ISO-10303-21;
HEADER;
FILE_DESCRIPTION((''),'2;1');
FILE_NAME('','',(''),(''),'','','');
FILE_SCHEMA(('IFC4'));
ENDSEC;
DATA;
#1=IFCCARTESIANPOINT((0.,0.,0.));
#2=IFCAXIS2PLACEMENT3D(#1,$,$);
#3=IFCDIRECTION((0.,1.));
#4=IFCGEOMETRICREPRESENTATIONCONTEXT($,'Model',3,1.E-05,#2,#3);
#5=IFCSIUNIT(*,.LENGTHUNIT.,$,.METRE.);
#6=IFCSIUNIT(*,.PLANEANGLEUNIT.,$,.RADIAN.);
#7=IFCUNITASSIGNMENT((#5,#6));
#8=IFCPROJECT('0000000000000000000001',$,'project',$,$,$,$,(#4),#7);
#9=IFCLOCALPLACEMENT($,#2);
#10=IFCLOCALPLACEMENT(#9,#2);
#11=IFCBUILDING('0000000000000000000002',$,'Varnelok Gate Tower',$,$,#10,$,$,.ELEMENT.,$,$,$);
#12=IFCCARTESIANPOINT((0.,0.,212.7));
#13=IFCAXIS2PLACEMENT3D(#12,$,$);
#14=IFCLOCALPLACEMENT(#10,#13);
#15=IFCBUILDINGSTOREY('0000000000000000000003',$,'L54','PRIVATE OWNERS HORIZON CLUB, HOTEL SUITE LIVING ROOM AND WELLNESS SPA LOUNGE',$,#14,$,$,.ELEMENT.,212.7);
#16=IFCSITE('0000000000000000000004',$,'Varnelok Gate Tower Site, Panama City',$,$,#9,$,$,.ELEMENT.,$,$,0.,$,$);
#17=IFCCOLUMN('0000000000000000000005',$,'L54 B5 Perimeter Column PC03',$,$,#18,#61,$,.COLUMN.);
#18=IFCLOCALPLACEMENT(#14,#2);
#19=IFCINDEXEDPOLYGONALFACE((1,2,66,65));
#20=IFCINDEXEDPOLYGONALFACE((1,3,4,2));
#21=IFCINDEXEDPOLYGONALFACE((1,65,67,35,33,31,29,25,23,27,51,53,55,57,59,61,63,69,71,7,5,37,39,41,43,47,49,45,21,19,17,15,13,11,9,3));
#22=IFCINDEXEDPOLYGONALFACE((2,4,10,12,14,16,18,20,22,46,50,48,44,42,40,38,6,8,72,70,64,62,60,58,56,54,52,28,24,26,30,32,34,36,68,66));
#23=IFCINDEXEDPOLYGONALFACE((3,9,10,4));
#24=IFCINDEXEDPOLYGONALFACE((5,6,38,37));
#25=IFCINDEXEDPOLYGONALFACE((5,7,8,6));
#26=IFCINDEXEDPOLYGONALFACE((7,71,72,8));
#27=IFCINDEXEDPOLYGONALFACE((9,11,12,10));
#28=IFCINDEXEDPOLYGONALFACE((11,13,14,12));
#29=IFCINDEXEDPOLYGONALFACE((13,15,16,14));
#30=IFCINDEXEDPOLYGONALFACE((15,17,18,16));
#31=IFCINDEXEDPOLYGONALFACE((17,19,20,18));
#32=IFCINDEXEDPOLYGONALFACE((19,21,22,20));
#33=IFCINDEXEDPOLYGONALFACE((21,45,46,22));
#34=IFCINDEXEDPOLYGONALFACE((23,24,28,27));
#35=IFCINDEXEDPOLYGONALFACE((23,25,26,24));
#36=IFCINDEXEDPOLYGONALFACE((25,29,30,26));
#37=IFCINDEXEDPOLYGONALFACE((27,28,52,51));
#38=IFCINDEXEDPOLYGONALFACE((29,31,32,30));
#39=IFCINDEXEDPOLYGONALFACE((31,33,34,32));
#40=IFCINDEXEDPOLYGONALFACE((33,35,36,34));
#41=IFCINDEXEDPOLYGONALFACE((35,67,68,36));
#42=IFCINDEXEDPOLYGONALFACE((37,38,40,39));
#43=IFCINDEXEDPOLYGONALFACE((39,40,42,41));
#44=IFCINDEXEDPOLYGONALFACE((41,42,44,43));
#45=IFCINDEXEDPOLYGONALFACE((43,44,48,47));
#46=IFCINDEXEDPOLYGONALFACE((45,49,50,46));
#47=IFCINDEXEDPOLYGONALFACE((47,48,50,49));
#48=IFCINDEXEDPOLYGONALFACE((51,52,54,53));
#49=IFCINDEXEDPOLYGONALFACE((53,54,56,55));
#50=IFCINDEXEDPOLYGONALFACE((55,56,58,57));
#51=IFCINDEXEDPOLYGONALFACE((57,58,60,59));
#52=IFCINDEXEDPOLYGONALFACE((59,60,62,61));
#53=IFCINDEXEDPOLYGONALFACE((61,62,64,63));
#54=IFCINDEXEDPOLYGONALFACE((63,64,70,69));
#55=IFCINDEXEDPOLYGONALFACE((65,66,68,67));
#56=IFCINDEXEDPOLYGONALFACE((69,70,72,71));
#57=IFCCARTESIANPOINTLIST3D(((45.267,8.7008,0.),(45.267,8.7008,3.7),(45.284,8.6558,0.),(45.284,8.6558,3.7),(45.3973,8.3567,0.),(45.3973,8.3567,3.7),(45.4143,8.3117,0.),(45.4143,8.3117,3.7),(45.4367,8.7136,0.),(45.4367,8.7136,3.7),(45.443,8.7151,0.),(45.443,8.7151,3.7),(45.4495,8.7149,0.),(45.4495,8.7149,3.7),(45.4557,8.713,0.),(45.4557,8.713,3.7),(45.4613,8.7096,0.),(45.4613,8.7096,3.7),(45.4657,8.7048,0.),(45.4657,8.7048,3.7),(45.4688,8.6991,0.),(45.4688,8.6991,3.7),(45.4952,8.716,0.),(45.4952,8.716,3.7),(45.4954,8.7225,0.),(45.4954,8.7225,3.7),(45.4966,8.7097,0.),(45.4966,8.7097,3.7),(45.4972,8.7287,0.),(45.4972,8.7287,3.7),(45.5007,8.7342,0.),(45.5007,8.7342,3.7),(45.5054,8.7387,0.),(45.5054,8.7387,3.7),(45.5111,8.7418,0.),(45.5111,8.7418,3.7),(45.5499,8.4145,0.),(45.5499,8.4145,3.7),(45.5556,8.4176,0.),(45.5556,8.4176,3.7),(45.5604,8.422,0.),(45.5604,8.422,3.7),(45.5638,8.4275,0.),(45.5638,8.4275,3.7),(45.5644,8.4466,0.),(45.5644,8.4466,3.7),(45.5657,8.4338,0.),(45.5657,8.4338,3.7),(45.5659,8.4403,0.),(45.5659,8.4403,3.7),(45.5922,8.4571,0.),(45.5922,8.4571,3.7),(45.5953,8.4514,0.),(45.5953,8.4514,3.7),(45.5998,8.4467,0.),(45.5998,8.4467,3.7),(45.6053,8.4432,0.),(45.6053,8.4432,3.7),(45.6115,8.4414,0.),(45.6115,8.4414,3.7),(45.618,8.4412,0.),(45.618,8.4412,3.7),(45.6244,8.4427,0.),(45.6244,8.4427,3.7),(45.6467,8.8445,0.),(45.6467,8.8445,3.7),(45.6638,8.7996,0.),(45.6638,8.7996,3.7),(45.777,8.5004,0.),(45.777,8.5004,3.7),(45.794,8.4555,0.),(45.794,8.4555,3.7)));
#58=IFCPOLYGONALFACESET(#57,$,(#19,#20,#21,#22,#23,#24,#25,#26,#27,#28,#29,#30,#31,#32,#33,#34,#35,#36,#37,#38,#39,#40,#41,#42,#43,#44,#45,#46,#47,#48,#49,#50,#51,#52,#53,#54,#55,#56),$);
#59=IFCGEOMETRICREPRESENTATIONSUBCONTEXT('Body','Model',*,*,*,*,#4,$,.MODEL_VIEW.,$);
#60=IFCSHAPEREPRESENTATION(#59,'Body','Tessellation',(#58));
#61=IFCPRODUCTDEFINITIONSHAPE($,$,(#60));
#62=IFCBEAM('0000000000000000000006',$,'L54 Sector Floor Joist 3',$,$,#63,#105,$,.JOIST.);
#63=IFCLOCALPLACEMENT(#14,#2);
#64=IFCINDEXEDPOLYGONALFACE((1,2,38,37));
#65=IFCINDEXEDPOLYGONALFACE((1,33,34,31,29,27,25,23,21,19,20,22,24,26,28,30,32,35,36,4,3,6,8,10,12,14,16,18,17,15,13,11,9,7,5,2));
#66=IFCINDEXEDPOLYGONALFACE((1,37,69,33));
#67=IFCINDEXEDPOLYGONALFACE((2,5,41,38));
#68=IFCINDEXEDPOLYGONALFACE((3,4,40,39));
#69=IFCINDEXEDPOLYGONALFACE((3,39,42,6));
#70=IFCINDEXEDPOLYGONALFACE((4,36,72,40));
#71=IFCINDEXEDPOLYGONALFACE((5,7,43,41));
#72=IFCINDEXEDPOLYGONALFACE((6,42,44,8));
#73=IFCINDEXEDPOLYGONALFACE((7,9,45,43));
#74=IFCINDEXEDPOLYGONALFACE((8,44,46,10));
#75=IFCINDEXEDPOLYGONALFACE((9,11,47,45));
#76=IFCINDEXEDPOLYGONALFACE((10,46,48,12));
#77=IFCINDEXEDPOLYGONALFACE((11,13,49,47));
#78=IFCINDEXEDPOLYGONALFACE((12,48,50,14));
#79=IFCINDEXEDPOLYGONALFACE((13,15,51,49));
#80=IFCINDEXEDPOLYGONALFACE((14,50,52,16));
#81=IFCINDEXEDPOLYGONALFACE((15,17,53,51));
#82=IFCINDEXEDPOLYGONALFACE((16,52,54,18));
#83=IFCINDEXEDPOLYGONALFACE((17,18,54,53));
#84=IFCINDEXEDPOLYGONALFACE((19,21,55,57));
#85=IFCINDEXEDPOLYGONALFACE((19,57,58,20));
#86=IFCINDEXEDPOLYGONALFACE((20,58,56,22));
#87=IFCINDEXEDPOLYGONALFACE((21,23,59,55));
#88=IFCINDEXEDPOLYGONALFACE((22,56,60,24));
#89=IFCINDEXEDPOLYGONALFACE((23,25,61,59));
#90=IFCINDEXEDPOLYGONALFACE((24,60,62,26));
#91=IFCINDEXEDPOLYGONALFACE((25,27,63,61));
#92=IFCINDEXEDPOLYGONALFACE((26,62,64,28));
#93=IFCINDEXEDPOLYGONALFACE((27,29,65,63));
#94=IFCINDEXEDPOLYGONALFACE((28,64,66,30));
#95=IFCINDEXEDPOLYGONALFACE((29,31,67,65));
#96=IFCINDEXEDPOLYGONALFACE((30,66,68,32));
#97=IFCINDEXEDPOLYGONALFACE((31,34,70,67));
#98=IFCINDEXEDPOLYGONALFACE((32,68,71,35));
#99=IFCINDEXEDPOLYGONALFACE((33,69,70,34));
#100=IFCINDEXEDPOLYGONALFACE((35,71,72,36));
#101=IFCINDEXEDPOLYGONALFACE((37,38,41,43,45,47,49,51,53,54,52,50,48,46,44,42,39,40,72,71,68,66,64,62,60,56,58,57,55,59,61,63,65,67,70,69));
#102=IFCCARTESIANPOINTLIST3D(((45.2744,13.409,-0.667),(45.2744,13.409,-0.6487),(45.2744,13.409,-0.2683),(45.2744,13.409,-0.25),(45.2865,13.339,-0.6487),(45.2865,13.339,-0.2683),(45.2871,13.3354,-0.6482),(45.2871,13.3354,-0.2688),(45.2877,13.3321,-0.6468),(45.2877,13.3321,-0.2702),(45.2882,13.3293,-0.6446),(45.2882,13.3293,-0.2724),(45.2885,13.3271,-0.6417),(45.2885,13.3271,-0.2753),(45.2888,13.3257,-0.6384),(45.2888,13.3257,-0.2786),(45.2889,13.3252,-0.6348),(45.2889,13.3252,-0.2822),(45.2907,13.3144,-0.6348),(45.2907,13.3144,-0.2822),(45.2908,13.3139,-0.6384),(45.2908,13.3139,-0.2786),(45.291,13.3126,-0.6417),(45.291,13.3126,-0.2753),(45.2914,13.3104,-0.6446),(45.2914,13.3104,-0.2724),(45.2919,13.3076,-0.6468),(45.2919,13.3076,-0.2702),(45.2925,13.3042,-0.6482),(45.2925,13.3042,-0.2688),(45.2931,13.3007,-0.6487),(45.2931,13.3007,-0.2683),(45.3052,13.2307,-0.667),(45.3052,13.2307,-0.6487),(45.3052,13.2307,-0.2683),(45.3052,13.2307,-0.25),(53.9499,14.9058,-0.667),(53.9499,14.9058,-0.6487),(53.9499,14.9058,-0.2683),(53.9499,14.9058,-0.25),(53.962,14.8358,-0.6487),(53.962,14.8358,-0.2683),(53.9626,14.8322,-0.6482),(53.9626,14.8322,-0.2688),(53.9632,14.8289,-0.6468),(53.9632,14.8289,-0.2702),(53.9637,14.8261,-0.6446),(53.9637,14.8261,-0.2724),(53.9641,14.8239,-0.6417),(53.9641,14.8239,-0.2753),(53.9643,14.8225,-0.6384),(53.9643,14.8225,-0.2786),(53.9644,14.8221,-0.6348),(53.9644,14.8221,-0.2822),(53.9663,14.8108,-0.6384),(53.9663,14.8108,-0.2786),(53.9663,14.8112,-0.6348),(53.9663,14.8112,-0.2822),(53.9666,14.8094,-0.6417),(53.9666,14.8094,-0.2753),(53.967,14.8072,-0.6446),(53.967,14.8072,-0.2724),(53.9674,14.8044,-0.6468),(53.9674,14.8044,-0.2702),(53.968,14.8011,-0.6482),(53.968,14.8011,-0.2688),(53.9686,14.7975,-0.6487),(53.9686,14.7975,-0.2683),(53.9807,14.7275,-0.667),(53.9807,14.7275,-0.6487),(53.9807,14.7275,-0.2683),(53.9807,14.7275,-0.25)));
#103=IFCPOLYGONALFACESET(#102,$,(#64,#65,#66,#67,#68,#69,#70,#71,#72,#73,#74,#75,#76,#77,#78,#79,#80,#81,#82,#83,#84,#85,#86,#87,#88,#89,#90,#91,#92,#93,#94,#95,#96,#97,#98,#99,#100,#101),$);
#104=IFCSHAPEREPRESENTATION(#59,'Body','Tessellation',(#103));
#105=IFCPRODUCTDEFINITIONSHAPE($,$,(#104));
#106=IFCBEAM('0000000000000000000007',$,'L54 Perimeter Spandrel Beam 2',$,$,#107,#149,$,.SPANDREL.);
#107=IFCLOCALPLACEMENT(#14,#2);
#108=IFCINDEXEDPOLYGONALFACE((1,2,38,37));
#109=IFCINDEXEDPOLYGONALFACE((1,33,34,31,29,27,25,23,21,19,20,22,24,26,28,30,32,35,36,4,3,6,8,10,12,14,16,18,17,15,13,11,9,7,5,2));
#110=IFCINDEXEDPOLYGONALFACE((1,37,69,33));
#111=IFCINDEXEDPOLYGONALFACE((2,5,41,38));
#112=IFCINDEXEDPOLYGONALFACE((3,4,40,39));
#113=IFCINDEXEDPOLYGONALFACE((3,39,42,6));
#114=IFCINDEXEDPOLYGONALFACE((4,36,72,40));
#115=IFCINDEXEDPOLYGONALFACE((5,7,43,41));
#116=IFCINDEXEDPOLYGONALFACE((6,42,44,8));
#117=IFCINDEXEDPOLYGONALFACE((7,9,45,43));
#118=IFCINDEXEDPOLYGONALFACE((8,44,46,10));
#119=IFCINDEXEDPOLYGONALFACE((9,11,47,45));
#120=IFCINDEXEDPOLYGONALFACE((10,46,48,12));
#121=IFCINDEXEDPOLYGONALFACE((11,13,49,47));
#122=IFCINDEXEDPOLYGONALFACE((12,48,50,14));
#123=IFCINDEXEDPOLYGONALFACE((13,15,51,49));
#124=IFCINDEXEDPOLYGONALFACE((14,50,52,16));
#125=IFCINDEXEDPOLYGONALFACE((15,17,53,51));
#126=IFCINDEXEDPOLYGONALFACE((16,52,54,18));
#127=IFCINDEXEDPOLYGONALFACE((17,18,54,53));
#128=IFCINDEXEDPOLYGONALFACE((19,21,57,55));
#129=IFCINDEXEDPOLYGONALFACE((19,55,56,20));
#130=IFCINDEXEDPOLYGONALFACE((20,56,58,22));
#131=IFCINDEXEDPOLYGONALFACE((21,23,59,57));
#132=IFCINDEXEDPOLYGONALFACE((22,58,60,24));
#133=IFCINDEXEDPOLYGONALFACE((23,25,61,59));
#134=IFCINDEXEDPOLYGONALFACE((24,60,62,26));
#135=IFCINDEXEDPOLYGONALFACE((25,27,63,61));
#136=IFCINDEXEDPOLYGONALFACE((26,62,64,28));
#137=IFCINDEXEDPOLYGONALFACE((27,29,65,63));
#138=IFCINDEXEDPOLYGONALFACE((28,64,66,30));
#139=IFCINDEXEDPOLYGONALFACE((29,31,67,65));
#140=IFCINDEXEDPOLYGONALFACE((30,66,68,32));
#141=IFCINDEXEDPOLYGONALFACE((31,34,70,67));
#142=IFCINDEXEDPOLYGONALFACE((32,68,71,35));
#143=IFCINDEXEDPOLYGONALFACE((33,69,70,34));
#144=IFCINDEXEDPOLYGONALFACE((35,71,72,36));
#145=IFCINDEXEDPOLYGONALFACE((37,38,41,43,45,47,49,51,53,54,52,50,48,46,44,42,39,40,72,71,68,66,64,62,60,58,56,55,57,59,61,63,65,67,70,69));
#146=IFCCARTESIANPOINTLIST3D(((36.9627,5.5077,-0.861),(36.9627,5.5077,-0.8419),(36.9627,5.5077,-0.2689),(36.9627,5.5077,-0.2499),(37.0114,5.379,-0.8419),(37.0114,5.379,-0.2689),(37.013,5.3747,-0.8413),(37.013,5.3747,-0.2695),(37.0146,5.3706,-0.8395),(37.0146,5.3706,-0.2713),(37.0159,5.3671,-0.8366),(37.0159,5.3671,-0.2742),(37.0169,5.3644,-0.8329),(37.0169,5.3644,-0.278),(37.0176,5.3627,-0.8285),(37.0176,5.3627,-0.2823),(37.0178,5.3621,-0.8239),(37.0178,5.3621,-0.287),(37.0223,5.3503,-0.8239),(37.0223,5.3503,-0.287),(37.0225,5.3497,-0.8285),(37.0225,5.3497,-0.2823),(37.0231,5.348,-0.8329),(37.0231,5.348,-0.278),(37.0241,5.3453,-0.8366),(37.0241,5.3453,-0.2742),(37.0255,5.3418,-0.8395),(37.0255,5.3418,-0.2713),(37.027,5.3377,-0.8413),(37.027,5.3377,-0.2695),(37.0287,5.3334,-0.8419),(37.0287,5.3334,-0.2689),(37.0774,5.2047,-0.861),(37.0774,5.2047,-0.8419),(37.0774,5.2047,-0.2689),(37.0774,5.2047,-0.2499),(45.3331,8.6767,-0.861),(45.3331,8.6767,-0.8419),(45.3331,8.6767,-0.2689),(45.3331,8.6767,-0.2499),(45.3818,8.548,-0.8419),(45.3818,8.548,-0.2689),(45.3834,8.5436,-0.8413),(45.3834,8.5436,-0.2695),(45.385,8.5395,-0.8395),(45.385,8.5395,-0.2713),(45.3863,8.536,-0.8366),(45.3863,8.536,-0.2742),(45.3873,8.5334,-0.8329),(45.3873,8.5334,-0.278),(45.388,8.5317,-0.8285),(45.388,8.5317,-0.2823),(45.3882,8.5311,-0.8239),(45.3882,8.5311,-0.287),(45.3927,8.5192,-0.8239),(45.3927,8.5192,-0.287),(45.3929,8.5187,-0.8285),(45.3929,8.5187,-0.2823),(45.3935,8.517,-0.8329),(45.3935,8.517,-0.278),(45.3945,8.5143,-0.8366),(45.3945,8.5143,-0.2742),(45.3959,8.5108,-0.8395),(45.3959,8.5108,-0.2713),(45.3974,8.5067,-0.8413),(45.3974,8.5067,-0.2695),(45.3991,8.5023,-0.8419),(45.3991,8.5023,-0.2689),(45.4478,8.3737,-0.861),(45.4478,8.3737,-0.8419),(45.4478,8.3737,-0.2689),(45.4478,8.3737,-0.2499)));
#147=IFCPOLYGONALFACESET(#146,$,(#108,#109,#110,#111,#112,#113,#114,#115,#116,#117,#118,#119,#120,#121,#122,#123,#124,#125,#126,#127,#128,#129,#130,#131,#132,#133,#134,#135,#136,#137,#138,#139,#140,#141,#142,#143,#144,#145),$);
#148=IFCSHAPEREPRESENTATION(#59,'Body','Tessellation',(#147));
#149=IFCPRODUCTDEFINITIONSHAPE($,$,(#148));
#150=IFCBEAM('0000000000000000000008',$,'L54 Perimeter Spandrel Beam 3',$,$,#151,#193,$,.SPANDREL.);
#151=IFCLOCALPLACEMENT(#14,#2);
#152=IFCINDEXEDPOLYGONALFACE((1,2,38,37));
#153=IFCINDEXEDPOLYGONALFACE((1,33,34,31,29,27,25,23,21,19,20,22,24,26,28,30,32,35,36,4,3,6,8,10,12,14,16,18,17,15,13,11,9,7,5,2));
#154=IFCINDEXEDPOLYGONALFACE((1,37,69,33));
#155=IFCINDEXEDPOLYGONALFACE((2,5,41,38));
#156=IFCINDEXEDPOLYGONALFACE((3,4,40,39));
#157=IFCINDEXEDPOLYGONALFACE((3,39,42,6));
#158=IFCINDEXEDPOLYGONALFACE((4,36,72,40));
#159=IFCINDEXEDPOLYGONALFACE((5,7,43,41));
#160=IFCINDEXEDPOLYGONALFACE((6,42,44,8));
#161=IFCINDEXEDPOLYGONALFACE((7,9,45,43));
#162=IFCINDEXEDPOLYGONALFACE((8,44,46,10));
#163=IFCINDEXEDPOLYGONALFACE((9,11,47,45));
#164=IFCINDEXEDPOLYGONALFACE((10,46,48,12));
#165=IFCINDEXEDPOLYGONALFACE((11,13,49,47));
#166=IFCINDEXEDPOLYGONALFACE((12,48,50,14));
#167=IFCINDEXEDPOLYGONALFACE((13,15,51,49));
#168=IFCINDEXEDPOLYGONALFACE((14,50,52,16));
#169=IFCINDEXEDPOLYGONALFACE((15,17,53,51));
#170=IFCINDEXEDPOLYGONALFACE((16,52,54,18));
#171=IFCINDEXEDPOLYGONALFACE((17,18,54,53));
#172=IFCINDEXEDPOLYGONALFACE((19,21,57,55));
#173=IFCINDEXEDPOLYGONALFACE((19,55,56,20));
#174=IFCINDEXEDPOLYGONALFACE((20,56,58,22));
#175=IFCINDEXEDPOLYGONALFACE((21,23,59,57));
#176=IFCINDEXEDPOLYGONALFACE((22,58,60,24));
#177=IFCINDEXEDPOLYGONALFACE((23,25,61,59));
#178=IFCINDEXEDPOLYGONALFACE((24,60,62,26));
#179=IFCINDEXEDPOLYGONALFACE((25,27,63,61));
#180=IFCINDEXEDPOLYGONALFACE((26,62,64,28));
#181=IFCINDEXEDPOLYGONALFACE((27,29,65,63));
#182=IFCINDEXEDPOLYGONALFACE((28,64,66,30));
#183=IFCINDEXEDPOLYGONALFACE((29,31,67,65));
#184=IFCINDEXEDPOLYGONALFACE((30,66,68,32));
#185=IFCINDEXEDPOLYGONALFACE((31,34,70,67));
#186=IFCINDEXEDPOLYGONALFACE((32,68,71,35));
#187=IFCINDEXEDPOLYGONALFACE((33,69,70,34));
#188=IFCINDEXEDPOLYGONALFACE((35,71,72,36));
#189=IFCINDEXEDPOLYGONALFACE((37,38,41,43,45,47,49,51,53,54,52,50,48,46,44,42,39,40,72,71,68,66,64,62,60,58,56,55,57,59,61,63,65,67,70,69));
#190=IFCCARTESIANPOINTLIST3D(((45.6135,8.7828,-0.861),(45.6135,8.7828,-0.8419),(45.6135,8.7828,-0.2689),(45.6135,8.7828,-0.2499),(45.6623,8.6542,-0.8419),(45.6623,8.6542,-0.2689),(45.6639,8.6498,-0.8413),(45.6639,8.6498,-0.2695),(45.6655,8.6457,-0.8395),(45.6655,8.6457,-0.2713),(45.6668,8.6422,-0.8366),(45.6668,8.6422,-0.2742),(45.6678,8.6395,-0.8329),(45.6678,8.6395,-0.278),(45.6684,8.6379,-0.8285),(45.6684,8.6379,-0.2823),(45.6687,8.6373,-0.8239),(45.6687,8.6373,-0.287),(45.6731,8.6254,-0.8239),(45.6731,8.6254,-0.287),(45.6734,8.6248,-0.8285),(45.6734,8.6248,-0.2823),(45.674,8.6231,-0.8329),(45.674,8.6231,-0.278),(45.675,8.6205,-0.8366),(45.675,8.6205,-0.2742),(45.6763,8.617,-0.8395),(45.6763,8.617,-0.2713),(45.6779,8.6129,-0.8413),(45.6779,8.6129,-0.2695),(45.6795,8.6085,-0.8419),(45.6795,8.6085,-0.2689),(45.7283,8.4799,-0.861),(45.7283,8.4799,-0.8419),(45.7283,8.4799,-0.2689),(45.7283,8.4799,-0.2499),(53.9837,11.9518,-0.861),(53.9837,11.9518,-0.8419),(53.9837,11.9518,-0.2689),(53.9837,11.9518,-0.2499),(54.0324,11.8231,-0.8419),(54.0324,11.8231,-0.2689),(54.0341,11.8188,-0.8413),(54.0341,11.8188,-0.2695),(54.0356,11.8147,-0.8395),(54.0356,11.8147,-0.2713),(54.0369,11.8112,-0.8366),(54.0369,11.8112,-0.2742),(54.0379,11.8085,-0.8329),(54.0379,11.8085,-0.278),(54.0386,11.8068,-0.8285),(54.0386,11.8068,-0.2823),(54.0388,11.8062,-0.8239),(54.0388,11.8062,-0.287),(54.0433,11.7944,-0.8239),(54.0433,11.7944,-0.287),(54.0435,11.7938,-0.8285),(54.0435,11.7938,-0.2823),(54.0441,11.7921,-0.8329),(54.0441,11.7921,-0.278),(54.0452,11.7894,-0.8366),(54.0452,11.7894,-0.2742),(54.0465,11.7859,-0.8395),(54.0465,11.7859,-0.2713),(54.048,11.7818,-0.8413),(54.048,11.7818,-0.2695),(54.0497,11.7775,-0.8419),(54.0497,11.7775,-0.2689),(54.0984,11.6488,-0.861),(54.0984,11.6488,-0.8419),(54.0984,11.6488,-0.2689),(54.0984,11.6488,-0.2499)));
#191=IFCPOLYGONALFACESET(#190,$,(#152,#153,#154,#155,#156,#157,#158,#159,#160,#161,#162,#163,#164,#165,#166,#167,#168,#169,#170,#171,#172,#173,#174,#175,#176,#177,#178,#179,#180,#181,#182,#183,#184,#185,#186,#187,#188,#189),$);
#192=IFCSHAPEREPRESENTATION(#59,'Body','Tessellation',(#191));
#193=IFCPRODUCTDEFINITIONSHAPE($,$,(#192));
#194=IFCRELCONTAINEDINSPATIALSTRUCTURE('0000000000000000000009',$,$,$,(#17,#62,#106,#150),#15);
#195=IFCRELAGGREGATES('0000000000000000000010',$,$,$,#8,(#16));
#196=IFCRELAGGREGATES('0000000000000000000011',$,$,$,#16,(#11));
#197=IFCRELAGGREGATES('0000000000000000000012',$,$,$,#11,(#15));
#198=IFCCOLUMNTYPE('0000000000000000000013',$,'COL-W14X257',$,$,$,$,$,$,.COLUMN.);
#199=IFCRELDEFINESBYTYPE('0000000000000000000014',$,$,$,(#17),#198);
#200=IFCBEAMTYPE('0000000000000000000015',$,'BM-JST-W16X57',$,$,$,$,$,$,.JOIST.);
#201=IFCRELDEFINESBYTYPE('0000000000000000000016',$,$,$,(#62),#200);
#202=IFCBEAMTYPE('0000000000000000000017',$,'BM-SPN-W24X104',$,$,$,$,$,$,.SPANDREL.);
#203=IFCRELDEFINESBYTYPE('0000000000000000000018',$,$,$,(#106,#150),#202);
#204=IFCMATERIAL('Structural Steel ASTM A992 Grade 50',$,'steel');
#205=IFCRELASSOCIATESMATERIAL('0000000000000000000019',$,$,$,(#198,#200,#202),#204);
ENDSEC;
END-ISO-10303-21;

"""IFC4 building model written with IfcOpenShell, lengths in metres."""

from ifc_helpers import new_model, si_unit, direction, frame, origin, origin_2d, place, context, subcontext, project, spatial, i_section, extrude, material, material_profile, profile_set, type_object, element, save


model = new_model("IFC4")

# Units and contexts
model_context = context("Model", 3, precision=1e-05, world=origin(), true_north=direction((0.0, 1.0)))
body_context = subcontext(model_context, "Body", "Model", "MODEL_VIEW")
ifc_project = project(units=[si_unit("LENGTHUNIT", "METRE"), si_unit("PLANEANGLEUNIT", "RADIAN")], contexts=[model_context])

# Site, building, storey
site_placement = place(None, origin())
site = spatial("IfcSite", under=ifc_project, at=site_placement, Name="Varnelok Gate Tower Site, Panama City", CompositionType="ELEMENT", RefElevation=0.0)
building_placement = place(site_placement, origin())
building = spatial("IfcBuilding", under=site, at=building_placement, Name="Varnelok Gate Tower", CompositionType="ELEMENT")
storey_placement = place(building_placement, frame((0.0, 0.0, 212.7)))
storey = spatial("IfcBuildingStorey", under=building, at=storey_placement, Name="L54", Description="PRIVATE OWNERS HORIZON CLUB, HOTEL SUITE LIVING ROOM AND WELLNESS SPA LOUNGE", CompositionType="ELEMENT", Elevation=212.7)

# Column
ifc_material_1 = material(Name="Structural Steel ASTM A992 Grade 50", Category="steel")
ifc_material_profile_1 = material_profile(ifc_material_1, i_section(OverallWidth=0.406, OverallDepth=0.416, WebThickness=0.0298, FlangeThickness=0.0481, FilletRadius=0.0249, at=origin_2d()), Name="W14X257")
ifc_profile_set_1 = profile_set([ifc_material_profile_1], Name="Structural Steel ASTM A992 Grade 50")
column_type = type_object("IfcColumnType", Name="COL-W14X257", PredefinedType="COLUMN", material=ifc_profile_set_1)
column_placement = place(storey_placement, frame((45.5305, 8.5781, 0.0), z_axis=(0.0, 0.0, 1.0), x_axis=(0.935222, 0.354063, 0.0)))
element("IfcColumn", 1, at=column_placement, inside=storey, type_object=column_type, Name="L54 B5 Perimeter Column PC03", PredefinedType="COLUMN", context=body_context, shape_type="SweptSolid", body=[
    extrude(i_section(OverallWidth=0.406, OverallDepth=0.416, WebThickness=0.0298, FlangeThickness=0.0481, FilletRadius=0.0249, at=origin_2d()), origin(), (0.0, 0.0, 1.0), 3.7),
])

# Beams
ifc_material_profile_2 = material_profile(ifc_material_1, i_section(OverallWidth=0.1809, OverallDepth=0.417, WebThickness=0.011, FlangeThickness=0.0183, FilletRadius=0.0139, at=origin_2d()), Name="W16X57")
ifc_profile_set_2 = profile_set([ifc_material_profile_2], Name="Structural Steel ASTM A992 Grade 50")
beam_type_1 = type_object("IfcBeamType", Name="BM-JST-W16X57", PredefinedType="JOIST", material=ifc_profile_set_2)
beam_1_placement = place(storey_placement, frame((45.2898, 13.3198, -0.4585), z_axis=(0.98544, 0.170022, 0.0), x_axis=(-0.170022, 0.98544, 0.0)))
element("IfcBeam", 2, at=beam_1_placement, inside=storey, type_object=beam_type_1, Name="L54 Sector Floor Joist 3", PredefinedType="JOIST", context=body_context, shape_type="SweptSolid", body=[
    extrude(i_section(OverallWidth=0.1809, OverallDepth=0.417, WebThickness=0.011, FlangeThickness=0.0183, FilletRadius=0.0139, at=origin_2d()), origin(), (0.0, 0.0, 1.0), 8.8037),
])
ifc_material_profile_3 = material_profile(ifc_material_1, i_section(OverallWidth=0.324, OverallDepth=0.6111, WebThickness=0.0127, FlangeThickness=0.019, FilletRadius=0.0181, at=origin_2d()), Name="W24X104")
ifc_profile_set_3 = profile_set([ifc_material_profile_3], Name="Structural Steel ASTM A992 Grade 50")
beam_type_2 = type_object("IfcBeamType", Name="BM-SPN-W24X104", PredefinedType="SPANDREL", material=ifc_profile_set_3)
beam_2_placement = place(storey_placement, frame((37.02, 5.3562, -0.5554), z_axis=(0.93522, 0.354066, 0.0), x_axis=(-0.354066, 0.93522, 0.0)))
element("IfcBeam", 3, at=beam_2_placement, inside=storey, type_object=beam_type_2, Name="L54 Perimeter Spandrel Beam 2", PredefinedType="SPANDREL", context=body_context, shape_type="SweptSolid", body=[
    extrude(i_section(OverallWidth=0.324, OverallDepth=0.6111, WebThickness=0.0127, FlangeThickness=0.019, FilletRadius=0.0181, at=origin_2d()), origin(), (0.0, 0.0, 1.0), 8.9502),
])
beam_3_placement = place(storey_placement, frame((45.6709, 8.6313, -0.5554), z_axis=(0.935217, 0.354075, 0.0), x_axis=(-0.354075, 0.935217, 0.0)))
element("IfcBeam", 4, at=beam_3_placement, inside=storey, type_object=beam_type_2, Name="L54 Perimeter Spandrel Beam 3", PredefinedType="SPANDREL", context=body_context, shape_type="SweptSolid", body=[
    extrude(i_section(OverallWidth=0.324, OverallDepth=0.6111, WebThickness=0.0127, FlangeThickness=0.019, FilletRadius=0.0181, at=origin_2d()), origin(), (0.0, 0.0, 1.0), 8.95),
])

save(model, "model.ifc")
